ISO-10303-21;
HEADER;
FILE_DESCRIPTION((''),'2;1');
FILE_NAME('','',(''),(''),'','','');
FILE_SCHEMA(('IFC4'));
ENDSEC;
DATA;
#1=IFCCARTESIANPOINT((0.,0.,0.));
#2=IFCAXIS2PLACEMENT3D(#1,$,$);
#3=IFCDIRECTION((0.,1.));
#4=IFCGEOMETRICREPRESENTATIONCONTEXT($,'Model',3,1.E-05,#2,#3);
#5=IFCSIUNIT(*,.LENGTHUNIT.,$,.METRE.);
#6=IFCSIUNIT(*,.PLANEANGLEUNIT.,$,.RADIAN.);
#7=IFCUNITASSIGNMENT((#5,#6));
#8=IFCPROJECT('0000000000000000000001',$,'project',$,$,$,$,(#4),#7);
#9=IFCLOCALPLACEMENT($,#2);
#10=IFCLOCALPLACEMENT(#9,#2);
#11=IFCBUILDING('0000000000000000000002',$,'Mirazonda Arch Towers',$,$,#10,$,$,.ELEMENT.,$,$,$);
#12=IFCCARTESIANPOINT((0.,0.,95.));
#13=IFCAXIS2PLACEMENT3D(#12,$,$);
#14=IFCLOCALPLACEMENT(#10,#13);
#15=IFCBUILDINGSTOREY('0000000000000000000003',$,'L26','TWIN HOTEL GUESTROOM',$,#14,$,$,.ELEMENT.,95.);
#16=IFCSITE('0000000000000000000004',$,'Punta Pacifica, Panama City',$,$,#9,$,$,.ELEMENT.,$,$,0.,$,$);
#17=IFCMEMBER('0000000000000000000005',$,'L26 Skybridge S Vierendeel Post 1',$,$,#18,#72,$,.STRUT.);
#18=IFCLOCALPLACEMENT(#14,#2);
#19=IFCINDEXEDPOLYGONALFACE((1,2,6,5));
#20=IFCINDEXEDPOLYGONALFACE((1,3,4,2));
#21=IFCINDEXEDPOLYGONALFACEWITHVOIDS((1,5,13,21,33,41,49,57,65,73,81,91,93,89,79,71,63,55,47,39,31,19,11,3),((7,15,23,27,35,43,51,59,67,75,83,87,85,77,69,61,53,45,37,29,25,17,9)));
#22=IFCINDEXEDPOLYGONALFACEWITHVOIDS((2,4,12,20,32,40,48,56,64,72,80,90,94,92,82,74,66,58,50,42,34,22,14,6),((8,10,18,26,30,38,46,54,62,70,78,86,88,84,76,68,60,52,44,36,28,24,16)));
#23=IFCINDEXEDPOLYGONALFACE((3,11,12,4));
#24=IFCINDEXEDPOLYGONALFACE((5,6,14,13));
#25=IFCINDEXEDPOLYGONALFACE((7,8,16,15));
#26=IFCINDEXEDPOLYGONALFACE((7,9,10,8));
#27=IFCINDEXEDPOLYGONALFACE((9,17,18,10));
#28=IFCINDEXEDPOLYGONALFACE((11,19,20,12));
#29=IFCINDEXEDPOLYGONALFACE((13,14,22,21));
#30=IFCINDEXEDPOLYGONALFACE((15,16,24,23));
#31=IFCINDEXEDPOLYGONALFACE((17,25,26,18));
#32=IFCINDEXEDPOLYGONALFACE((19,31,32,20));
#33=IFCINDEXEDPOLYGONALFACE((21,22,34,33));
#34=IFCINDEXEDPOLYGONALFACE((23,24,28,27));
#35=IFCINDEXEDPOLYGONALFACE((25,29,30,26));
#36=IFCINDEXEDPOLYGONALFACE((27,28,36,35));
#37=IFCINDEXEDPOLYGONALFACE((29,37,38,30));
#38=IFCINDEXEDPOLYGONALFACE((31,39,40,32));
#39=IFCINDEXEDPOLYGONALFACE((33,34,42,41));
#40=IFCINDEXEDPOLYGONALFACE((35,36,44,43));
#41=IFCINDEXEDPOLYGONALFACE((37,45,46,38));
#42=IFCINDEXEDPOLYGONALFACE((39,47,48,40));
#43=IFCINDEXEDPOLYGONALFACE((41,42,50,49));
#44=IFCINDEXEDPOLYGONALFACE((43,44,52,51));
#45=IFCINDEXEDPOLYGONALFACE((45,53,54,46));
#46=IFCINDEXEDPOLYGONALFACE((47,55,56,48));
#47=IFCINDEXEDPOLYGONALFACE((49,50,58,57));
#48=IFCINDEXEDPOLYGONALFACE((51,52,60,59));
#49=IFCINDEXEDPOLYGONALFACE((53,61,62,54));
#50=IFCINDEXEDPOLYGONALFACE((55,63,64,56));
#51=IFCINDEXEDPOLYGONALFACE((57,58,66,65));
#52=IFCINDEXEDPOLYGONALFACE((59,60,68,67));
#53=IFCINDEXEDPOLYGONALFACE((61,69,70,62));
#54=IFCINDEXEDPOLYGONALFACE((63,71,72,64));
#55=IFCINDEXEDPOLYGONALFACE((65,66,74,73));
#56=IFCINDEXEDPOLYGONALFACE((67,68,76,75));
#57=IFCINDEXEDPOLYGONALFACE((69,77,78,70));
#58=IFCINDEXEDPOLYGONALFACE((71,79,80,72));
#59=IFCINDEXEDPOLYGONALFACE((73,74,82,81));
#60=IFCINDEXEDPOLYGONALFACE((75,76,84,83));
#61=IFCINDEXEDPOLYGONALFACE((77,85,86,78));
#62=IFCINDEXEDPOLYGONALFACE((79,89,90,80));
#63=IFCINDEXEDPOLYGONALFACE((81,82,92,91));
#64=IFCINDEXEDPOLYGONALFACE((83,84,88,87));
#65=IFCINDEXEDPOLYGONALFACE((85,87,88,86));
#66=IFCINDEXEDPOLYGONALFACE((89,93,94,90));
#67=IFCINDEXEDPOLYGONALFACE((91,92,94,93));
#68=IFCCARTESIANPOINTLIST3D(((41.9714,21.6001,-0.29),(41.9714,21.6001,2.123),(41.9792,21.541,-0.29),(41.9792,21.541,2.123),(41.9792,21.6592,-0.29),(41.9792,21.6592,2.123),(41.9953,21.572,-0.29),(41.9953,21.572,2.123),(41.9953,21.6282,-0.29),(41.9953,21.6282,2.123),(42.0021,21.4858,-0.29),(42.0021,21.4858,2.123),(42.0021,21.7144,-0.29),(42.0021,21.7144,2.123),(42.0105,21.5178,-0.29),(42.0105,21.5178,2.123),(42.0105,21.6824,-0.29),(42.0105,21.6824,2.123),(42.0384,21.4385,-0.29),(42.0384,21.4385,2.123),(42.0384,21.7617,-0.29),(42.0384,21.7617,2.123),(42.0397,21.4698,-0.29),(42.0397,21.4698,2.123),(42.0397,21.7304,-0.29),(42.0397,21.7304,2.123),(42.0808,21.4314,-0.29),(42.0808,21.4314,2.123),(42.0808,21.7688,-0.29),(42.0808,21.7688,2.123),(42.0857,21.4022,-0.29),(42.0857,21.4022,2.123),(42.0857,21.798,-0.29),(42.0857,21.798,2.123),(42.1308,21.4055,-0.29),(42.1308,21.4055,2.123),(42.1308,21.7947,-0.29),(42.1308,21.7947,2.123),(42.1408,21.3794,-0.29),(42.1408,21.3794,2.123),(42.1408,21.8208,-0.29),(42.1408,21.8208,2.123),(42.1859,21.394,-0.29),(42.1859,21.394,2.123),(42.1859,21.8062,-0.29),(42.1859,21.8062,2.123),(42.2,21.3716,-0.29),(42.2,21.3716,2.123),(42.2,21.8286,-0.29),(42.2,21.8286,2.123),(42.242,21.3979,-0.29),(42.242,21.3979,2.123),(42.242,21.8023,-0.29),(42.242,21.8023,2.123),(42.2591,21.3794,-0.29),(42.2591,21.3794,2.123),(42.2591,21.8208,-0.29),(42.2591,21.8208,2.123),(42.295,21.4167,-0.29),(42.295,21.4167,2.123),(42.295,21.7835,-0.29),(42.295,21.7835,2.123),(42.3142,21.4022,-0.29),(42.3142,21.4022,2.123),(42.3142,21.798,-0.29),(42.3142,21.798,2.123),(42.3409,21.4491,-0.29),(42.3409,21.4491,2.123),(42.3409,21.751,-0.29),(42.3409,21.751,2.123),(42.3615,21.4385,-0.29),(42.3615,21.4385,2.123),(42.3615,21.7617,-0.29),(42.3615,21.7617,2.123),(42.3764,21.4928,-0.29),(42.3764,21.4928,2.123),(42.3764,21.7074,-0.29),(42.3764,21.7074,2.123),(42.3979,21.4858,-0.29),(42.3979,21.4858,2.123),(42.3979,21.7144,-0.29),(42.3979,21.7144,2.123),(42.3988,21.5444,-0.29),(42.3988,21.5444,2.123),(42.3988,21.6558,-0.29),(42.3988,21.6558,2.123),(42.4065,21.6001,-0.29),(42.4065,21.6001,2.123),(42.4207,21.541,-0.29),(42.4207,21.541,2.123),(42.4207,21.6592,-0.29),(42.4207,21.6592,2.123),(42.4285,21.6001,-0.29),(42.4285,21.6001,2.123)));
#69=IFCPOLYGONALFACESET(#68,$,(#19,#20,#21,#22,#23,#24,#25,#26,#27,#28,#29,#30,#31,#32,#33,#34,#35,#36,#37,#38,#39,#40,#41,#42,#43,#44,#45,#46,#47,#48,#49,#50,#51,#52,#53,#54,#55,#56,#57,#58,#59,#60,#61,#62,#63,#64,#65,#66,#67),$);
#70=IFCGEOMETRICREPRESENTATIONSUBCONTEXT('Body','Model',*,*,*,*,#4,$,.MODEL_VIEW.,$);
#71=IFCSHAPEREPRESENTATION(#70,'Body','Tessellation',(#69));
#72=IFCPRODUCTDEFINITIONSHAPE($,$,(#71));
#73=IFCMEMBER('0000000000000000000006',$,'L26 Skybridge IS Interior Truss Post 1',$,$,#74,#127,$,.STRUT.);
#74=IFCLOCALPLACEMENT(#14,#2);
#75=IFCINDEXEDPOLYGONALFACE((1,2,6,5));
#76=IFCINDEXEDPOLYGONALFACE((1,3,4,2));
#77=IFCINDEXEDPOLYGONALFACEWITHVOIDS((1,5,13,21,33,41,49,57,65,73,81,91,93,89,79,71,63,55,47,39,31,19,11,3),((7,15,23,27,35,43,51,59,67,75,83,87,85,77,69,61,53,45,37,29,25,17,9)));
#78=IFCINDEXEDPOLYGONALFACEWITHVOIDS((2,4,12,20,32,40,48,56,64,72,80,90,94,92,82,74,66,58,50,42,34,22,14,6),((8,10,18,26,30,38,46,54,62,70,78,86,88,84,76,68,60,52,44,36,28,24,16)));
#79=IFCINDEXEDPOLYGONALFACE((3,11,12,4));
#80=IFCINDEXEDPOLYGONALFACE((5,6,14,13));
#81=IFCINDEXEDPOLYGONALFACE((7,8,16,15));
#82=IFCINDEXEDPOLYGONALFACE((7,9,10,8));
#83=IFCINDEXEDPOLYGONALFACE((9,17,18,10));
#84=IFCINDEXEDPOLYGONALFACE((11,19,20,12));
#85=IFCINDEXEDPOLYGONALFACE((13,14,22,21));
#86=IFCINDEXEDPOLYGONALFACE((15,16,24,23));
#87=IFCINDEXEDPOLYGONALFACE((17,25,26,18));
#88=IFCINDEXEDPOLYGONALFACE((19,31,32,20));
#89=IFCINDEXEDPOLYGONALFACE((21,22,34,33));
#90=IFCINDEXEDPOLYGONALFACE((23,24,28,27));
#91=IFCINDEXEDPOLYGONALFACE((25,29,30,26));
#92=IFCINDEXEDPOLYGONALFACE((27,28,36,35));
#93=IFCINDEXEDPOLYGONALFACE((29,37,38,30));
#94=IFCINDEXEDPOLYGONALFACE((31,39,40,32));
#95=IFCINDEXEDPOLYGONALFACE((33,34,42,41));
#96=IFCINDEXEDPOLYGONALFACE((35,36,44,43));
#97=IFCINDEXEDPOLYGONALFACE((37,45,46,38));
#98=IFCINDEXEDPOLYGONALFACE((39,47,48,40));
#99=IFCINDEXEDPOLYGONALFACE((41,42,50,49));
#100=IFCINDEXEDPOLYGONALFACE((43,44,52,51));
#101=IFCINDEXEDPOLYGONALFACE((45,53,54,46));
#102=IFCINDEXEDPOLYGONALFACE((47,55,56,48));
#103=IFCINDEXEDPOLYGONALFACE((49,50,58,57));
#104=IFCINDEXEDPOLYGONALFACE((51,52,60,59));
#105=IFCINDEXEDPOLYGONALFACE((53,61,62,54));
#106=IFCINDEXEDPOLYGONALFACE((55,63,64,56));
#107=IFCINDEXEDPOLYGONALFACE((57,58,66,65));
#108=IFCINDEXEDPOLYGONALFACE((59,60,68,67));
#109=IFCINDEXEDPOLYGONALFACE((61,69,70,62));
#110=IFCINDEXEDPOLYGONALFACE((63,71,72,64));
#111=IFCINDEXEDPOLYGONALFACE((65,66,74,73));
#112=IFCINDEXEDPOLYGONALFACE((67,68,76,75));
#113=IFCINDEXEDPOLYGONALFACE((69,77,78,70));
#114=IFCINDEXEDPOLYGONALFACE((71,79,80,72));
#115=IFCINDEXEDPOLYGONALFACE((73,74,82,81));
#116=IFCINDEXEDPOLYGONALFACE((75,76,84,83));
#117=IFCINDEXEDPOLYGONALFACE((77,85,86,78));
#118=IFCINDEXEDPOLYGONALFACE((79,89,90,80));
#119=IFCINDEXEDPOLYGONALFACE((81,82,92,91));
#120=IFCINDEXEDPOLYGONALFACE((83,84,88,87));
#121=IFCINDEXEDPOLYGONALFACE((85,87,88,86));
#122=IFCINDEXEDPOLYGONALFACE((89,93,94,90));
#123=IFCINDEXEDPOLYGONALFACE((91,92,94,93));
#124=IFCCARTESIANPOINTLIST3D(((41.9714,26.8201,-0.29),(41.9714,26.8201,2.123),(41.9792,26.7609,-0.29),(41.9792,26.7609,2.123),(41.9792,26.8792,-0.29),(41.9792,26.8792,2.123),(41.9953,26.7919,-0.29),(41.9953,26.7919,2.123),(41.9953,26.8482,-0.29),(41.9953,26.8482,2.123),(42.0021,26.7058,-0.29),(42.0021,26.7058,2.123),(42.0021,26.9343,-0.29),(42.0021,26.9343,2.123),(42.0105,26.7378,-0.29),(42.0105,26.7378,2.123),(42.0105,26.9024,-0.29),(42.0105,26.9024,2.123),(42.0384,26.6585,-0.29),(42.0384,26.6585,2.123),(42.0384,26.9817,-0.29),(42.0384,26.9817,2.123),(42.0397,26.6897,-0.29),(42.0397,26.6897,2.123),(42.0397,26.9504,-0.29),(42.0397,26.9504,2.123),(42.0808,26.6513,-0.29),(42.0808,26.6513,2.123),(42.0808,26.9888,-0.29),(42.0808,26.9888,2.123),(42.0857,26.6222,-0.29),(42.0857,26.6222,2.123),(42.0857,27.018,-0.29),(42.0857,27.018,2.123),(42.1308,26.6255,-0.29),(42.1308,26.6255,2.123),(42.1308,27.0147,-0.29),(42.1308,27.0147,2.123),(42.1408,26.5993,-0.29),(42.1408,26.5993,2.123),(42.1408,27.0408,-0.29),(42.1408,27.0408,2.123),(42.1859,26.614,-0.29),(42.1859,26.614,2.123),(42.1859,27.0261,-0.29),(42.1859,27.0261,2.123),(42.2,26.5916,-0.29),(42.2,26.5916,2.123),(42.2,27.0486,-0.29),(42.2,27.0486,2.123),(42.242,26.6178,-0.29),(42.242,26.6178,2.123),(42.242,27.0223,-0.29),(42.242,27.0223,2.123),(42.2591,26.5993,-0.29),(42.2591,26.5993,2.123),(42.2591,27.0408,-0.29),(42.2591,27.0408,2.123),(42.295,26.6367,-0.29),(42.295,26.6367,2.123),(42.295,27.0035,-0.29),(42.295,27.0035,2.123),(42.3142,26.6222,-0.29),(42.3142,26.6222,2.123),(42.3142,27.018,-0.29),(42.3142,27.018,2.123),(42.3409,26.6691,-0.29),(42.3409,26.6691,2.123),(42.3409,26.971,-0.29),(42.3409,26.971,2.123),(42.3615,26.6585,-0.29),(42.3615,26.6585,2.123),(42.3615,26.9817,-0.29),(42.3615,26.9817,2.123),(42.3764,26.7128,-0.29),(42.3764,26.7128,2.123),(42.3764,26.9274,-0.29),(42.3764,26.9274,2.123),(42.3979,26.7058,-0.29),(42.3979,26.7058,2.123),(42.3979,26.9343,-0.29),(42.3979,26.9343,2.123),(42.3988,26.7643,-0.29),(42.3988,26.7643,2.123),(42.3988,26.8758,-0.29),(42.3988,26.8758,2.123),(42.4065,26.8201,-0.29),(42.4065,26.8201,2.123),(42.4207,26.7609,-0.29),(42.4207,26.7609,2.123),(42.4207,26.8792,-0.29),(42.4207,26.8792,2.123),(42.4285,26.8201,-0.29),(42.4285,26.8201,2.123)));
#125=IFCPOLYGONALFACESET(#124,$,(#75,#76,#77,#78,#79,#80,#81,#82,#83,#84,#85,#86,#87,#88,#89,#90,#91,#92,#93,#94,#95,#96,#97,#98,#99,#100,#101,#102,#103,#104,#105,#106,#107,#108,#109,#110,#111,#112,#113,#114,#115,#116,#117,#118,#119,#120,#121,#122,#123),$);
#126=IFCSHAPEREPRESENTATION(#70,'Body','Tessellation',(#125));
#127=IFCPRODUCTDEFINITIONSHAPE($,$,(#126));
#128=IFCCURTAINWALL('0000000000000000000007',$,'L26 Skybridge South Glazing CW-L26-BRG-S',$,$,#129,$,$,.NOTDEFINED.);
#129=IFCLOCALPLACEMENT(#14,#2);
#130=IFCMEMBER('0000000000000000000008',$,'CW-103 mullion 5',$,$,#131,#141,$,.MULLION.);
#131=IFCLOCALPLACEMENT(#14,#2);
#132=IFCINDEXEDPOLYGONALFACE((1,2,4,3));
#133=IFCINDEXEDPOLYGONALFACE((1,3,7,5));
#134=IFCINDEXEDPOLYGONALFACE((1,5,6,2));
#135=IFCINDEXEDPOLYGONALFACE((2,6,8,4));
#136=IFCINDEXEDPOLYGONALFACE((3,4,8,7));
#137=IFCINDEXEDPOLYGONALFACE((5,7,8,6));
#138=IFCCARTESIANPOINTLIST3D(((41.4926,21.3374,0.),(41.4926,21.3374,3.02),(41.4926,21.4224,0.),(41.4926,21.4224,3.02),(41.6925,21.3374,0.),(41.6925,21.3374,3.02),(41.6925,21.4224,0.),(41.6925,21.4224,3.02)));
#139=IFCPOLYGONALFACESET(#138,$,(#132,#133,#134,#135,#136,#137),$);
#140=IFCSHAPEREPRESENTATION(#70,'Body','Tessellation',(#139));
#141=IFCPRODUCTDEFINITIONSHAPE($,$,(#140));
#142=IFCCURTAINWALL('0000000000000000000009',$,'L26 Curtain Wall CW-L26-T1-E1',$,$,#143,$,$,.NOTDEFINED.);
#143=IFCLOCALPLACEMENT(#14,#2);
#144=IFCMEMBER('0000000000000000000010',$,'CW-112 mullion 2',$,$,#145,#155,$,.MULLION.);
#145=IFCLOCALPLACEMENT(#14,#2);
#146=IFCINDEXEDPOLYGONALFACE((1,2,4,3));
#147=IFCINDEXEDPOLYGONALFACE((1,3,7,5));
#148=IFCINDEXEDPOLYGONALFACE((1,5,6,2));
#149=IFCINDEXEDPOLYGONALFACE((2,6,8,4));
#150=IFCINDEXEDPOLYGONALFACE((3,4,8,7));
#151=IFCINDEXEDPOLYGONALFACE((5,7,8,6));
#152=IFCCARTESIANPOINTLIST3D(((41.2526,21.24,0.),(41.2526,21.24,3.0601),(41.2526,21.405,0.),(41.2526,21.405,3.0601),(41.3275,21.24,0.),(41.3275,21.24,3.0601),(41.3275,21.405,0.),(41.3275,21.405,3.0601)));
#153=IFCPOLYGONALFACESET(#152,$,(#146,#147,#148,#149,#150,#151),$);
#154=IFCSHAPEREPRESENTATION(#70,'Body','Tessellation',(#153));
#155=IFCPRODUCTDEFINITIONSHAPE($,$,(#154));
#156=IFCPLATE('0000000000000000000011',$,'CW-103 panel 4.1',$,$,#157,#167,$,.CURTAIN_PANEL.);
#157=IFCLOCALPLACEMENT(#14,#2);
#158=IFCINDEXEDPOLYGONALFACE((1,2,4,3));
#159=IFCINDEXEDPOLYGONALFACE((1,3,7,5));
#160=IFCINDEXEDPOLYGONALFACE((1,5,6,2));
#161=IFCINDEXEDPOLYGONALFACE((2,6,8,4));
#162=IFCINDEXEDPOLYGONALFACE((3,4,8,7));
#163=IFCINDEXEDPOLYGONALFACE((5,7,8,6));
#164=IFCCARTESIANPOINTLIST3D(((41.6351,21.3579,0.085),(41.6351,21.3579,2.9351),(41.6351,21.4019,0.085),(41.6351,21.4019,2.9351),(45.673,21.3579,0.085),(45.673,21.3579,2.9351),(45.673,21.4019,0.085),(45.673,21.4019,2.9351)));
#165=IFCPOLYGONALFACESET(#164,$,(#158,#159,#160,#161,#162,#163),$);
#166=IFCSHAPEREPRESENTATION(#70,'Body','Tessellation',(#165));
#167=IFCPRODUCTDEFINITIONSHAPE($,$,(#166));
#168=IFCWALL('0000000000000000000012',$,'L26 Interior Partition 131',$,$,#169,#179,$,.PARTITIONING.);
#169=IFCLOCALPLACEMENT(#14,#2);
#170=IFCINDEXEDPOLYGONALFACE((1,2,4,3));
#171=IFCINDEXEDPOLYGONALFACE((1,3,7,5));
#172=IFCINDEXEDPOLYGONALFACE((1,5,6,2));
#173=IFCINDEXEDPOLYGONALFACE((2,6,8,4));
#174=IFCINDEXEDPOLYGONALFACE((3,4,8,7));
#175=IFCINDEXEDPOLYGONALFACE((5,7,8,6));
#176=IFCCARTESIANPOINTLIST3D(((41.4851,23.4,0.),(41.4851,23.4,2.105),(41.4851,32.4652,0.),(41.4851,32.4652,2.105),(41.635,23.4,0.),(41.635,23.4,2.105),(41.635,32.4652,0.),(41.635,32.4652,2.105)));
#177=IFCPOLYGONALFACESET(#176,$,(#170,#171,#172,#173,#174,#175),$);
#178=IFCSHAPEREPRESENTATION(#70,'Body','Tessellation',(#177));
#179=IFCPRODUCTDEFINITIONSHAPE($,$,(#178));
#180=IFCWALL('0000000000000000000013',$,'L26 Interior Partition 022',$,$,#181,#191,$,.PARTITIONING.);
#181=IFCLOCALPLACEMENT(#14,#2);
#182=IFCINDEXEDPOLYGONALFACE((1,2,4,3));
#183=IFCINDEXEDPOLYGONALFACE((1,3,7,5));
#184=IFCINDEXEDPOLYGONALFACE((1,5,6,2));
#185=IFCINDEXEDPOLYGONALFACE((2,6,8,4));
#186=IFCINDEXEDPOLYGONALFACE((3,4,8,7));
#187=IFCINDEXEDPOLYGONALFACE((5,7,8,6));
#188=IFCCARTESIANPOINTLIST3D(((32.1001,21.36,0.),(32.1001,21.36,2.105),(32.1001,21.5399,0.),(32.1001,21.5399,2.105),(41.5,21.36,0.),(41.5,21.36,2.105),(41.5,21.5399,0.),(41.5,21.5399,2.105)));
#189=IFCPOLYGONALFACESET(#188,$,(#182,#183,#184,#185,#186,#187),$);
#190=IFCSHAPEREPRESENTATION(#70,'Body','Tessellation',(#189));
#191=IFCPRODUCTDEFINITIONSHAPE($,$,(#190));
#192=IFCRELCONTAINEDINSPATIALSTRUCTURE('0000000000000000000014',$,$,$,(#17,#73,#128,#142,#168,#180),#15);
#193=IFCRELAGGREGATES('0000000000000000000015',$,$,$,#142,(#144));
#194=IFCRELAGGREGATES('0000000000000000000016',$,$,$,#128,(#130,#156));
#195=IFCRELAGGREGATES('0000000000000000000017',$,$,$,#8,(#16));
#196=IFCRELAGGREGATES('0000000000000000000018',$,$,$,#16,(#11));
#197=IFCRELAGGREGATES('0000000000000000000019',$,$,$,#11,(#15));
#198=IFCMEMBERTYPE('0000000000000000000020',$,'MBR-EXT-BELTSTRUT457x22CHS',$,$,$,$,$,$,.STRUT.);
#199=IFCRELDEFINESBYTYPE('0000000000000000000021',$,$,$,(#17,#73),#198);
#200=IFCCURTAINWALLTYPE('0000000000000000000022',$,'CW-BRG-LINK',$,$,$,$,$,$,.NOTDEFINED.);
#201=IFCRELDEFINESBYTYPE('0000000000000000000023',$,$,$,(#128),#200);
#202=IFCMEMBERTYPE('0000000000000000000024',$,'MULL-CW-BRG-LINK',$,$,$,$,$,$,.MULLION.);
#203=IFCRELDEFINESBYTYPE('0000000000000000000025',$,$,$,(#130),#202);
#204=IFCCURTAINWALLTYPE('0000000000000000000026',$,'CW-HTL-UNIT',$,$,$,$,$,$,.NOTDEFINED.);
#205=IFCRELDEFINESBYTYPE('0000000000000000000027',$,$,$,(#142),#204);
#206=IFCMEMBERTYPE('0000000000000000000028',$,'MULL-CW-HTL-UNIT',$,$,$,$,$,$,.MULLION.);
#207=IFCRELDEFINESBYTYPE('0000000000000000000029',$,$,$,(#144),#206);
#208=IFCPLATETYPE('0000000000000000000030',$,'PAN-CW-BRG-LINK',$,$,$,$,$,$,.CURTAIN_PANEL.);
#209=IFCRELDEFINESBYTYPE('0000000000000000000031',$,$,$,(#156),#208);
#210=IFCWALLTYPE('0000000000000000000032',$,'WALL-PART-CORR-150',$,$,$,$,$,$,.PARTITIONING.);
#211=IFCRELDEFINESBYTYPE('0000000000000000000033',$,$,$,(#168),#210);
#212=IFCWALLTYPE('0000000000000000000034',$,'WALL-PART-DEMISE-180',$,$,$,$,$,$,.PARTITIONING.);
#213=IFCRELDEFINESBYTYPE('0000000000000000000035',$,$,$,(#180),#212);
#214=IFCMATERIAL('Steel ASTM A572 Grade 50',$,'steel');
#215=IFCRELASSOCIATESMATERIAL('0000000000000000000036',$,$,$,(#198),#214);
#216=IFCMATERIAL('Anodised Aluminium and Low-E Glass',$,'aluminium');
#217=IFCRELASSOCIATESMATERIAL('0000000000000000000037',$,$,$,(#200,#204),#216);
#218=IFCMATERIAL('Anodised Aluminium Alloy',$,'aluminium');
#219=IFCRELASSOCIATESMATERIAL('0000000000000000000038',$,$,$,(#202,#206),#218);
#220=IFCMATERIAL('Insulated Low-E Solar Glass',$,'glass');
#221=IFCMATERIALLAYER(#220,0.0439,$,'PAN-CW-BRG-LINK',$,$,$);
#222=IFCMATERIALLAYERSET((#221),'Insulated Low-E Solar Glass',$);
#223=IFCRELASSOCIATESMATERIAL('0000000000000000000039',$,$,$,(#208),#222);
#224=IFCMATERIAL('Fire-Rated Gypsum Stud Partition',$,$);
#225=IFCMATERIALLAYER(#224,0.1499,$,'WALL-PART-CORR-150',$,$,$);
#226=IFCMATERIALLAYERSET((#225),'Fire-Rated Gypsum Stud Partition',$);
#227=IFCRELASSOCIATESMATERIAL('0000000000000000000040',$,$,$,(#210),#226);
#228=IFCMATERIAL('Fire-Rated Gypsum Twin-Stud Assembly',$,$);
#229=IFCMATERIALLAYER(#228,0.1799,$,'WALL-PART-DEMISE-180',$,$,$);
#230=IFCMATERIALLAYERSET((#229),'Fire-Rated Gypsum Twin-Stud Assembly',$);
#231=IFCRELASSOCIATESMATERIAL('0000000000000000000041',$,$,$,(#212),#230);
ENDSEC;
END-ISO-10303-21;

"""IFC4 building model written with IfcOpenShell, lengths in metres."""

from ifc_helpers import new_model, si_unit, direction, frame, frame_2d, origin, origin_2d, place, context, subcontext, project, spatial, rectangle, hollow_circle, extrude, material, layer, layer_set, material_profile, profile_set, type_object, element, aggregate, save


model = new_model("IFC4")

# Units and contexts
model_context = context("Model", 3, precision=1e-05, world=origin(), true_north=direction((0.0, 1.0)))
body_context = subcontext(model_context, "Body", "Model", "MODEL_VIEW")
ifc_project = project(units=[si_unit("LENGTHUNIT", "METRE"), si_unit("PLANEANGLEUNIT", "RADIAN")], contexts=[model_context])

# Site, building, storey
site_placement = place(None, origin())
site = spatial("IfcSite", under=ifc_project, at=site_placement, Name="Punta Pacifica, Panama City", CompositionType="ELEMENT", RefElevation=0.0)
building_placement = place(site_placement, origin())
building = spatial("IfcBuilding", under=site, at=building_placement, Name="Mirazonda Arch Towers", CompositionType="ELEMENT")
storey_placement = place(building_placement, frame((0.0, 0.0, 95.0)))
storey = spatial("IfcBuildingStorey", under=building, at=storey_placement, Name="L26", Description="TWIN HOTEL GUESTROOM", CompositionType="ELEMENT", Elevation=95.0)

# Shared definitions
ifc_material_1 = material(Name="Steel ASTM A572 Grade 50", Category="steel")

# Members
ifc_material_profile_1 = material_profile(ifc_material_1, hollow_circle(Radius=0.2285, WallThickness=0.022, at=origin_2d()), Name="BELTSTRUT457x22CHS")
ifc_profile_set_1 = profile_set([ifc_material_profile_1], Name="Steel ASTM A572 Grade 50")
member_type_1 = type_object("IfcMemberType", Name="MBR-EXT-BELTSTRUT457x22CHS", PredefinedType="STRUT", material=ifc_profile_set_1)
for number, where, z_axis, x_axis, name in (
    (1, (42.2, 21.6001, -0.29), (0.0, 0.0, 1.0), (1.0, 0.0, 0.0), "L26 Skybridge S Vierendeel Post 1"),
    (2, (42.2, 26.8201, -0.29), (0.0, 0.0, 1.0), (1.0, 0.0, 0.0), "L26 Skybridge IS Interior Truss Post 1"),
):
    element("IfcMember", number, at=place(storey_placement, frame(where, z_axis=z_axis, x_axis=x_axis)), inside=storey, type_object=member_type_1, Name=name, PredefinedType="STRUT", context=body_context, shape_type="SweptSolid", body=[
        extrude(hollow_circle(Radius=0.2285, WallThickness=0.022, at=origin_2d()), origin(), (0.0, 0.0, 1.0), 2.4131),
    ])

# Curtain walls, members
ifc_material_2 = material(Name="Anodised Aluminium and Low-E Glass", Category="aluminium")
curtain_wall_type_1 = type_object("IfcCurtainWallType", Name="CW-BRG-LINK", PredefinedType="NOTDEFINED", material=ifc_material_2)
curtain_wall_1_placement = place(storey_placement, origin())
curtain_wall_1 = element("IfcCurtainWall", 3, at=curtain_wall_1_placement, inside=storey, type_object=curtain_wall_type_1, Name="L26 Skybridge South Glazing CW-L26-BRG-S", PredefinedType="NOTDEFINED")
ifc_material_3 = material(Name="Anodised Aluminium Alloy", Category="aluminium")
ifc_material_profile_2 = material_profile(ifc_material_3, rectangle(XDim=0.085, YDim=0.2, at=origin_2d()), Name="ALU-MULL-85x200")
ifc_profile_set_2 = profile_set([ifc_material_profile_2], Name="Anodised Aluminium Alloy")
member_type_2 = type_object("IfcMemberType", Name="MULL-CW-BRG-LINK", PredefinedType="MULLION", material=ifc_profile_set_2)
member_1_placement = place(storey_placement, frame((41.5925, 21.3799, 0.0), z_axis=(0.0, 0.0, 1.0), x_axis=(0.0, -1.0, 0.0)))
member_1 = element("IfcMember", 4, at=member_1_placement, type_object=member_type_2, Name="CW-103 mullion 5", PredefinedType="MULLION", context=body_context, shape_type="SweptSolid", body=[
    extrude(rectangle(XDim=0.085, YDim=0.2, at=origin_2d()), origin(), (0.0, 0.0, 1.0), 3.02),
])
curtain_wall_type_2 = type_object("IfcCurtainWallType", Name="CW-HTL-UNIT", PredefinedType="NOTDEFINED", material=ifc_material_2)
curtain_wall_2_placement = place(storey_placement, origin())
curtain_wall_2 = element("IfcCurtainWall", 5, at=curtain_wall_2_placement, inside=storey, type_object=curtain_wall_type_2, Name="L26 Curtain Wall CW-L26-T1-E1", PredefinedType="NOTDEFINED")
ifc_material_profile_3 = material_profile(ifc_material_3, rectangle(XDim=0.075, YDim=0.165, at=origin_2d()), Name="ALU-MULL-75x165")
ifc_profile_set_3 = profile_set([ifc_material_profile_3], Name="Anodised Aluminium Alloy")
member_type_3 = type_object("IfcMemberType", Name="MULL-CW-HTL-UNIT", PredefinedType="MULLION", material=ifc_profile_set_3)
member_2_placement = place(storey_placement, frame((41.29, 21.3225, 0.0), z_axis=(0.0, 0.0, 1.0), x_axis=(-1.0, 0.0, 0.0)))
member_2 = element("IfcMember", 6, at=member_2_placement, type_object=member_type_3, Name="CW-112 mullion 2", PredefinedType="MULLION", context=body_context, shape_type="SweptSolid", body=[
    extrude(rectangle(XDim=0.075, YDim=0.165, at=origin_2d()), origin(), (0.0, 0.0, 1.0), 3.0601),
])
aggregate(curtain_wall_2, [member_2])

# Plate
ifc_material_4 = material(Name="Insulated Low-E Solar Glass", Category="glass")
ifc_layer_1 = layer(ifc_material_4, 0.0439, Name="PAN-CW-BRG-LINK")
ifc_layer_set_1 = layer_set([ifc_layer_1], Name="Insulated Low-E Solar Glass")
plate_type = type_object("IfcPlateType", Name="PAN-CW-BRG-LINK", PredefinedType="CURTAIN_PANEL", material=ifc_layer_set_1)
plate_placement = place(storey_placement, frame((43.6541, 21.3799, 0.085), z_axis=(0.0, 0.0, 1.0), x_axis=(-1.0, 0.0, 0.0)))
plate = element("IfcPlate", 7, at=plate_placement, type_object=plate_type, Name="CW-103 panel 4.1", PredefinedType="CURTAIN_PANEL", context=body_context, shape_type="SweptSolid", body=[
    extrude(rectangle(XDim=4.0378, YDim=0.0439, at=origin_2d()), origin(), (0.0, 0.0, 1.0), 2.8501),
])
aggregate(curtain_wall_1, [member_1, plate])

# Walls
ifc_material_5 = material(Name="Fire-Rated Gypsum Stud Partition")
ifc_layer_2 = layer(ifc_material_5, 0.1499, Name="WALL-PART-CORR-150")
ifc_layer_set_2 = layer_set([ifc_layer_2], Name="Fire-Rated Gypsum Stud Partition")
wall_type_1 = type_object("IfcWallType", Name="WALL-PART-CORR-150", PredefinedType="PARTITIONING", material=ifc_layer_set_2)
wall_1_placement = place(storey_placement, frame((41.5601, 23.3999, 0.0), z_axis=(0.0, 0.0, 1.0), x_axis=(0.0, 1.0, 0.0)))
element("IfcWall", 8, at=wall_1_placement, inside=storey, type_object=wall_type_1, Name="L26 Interior Partition 131", PredefinedType="PARTITIONING", context=body_context, shape_type="SweptSolid", body=[
    extrude(rectangle(XDim=9.0652, YDim=0.1499, at=frame_2d((4.5327, 0.0))), origin(), (0.0, 0.0, 1.0), 2.105),
])
ifc_material_6 = material(Name="Fire-Rated Gypsum Twin-Stud Assembly")
ifc_layer_3 = layer(ifc_material_6, 0.1799, Name="WALL-PART-DEMISE-180")
ifc_layer_set_3 = layer_set([ifc_layer_3], Name="Fire-Rated Gypsum Twin-Stud Assembly")
wall_type_2 = type_object("IfcWallType", Name="WALL-PART-DEMISE-180", PredefinedType="PARTITIONING", material=ifc_layer_set_3)
wall_2_placement = place(storey_placement, frame((32.1001, 21.45, 0.0), z_axis=(0.0, 0.0, 1.0), x_axis=(1.0, 0.0, 0.0)))
element("IfcWall", 9, at=wall_2_placement, inside=storey, type_object=wall_type_2, Name="L26 Interior Partition 022", PredefinedType="PARTITIONING", context=body_context, shape_type="SweptSolid", body=[
    extrude(rectangle(XDim=9.3999, YDim=0.1799, at=frame_2d((4.7, 0.0))), origin(), (0.0, 0.0, 1.0), 2.105),
])

save(model, "model.ifc")
